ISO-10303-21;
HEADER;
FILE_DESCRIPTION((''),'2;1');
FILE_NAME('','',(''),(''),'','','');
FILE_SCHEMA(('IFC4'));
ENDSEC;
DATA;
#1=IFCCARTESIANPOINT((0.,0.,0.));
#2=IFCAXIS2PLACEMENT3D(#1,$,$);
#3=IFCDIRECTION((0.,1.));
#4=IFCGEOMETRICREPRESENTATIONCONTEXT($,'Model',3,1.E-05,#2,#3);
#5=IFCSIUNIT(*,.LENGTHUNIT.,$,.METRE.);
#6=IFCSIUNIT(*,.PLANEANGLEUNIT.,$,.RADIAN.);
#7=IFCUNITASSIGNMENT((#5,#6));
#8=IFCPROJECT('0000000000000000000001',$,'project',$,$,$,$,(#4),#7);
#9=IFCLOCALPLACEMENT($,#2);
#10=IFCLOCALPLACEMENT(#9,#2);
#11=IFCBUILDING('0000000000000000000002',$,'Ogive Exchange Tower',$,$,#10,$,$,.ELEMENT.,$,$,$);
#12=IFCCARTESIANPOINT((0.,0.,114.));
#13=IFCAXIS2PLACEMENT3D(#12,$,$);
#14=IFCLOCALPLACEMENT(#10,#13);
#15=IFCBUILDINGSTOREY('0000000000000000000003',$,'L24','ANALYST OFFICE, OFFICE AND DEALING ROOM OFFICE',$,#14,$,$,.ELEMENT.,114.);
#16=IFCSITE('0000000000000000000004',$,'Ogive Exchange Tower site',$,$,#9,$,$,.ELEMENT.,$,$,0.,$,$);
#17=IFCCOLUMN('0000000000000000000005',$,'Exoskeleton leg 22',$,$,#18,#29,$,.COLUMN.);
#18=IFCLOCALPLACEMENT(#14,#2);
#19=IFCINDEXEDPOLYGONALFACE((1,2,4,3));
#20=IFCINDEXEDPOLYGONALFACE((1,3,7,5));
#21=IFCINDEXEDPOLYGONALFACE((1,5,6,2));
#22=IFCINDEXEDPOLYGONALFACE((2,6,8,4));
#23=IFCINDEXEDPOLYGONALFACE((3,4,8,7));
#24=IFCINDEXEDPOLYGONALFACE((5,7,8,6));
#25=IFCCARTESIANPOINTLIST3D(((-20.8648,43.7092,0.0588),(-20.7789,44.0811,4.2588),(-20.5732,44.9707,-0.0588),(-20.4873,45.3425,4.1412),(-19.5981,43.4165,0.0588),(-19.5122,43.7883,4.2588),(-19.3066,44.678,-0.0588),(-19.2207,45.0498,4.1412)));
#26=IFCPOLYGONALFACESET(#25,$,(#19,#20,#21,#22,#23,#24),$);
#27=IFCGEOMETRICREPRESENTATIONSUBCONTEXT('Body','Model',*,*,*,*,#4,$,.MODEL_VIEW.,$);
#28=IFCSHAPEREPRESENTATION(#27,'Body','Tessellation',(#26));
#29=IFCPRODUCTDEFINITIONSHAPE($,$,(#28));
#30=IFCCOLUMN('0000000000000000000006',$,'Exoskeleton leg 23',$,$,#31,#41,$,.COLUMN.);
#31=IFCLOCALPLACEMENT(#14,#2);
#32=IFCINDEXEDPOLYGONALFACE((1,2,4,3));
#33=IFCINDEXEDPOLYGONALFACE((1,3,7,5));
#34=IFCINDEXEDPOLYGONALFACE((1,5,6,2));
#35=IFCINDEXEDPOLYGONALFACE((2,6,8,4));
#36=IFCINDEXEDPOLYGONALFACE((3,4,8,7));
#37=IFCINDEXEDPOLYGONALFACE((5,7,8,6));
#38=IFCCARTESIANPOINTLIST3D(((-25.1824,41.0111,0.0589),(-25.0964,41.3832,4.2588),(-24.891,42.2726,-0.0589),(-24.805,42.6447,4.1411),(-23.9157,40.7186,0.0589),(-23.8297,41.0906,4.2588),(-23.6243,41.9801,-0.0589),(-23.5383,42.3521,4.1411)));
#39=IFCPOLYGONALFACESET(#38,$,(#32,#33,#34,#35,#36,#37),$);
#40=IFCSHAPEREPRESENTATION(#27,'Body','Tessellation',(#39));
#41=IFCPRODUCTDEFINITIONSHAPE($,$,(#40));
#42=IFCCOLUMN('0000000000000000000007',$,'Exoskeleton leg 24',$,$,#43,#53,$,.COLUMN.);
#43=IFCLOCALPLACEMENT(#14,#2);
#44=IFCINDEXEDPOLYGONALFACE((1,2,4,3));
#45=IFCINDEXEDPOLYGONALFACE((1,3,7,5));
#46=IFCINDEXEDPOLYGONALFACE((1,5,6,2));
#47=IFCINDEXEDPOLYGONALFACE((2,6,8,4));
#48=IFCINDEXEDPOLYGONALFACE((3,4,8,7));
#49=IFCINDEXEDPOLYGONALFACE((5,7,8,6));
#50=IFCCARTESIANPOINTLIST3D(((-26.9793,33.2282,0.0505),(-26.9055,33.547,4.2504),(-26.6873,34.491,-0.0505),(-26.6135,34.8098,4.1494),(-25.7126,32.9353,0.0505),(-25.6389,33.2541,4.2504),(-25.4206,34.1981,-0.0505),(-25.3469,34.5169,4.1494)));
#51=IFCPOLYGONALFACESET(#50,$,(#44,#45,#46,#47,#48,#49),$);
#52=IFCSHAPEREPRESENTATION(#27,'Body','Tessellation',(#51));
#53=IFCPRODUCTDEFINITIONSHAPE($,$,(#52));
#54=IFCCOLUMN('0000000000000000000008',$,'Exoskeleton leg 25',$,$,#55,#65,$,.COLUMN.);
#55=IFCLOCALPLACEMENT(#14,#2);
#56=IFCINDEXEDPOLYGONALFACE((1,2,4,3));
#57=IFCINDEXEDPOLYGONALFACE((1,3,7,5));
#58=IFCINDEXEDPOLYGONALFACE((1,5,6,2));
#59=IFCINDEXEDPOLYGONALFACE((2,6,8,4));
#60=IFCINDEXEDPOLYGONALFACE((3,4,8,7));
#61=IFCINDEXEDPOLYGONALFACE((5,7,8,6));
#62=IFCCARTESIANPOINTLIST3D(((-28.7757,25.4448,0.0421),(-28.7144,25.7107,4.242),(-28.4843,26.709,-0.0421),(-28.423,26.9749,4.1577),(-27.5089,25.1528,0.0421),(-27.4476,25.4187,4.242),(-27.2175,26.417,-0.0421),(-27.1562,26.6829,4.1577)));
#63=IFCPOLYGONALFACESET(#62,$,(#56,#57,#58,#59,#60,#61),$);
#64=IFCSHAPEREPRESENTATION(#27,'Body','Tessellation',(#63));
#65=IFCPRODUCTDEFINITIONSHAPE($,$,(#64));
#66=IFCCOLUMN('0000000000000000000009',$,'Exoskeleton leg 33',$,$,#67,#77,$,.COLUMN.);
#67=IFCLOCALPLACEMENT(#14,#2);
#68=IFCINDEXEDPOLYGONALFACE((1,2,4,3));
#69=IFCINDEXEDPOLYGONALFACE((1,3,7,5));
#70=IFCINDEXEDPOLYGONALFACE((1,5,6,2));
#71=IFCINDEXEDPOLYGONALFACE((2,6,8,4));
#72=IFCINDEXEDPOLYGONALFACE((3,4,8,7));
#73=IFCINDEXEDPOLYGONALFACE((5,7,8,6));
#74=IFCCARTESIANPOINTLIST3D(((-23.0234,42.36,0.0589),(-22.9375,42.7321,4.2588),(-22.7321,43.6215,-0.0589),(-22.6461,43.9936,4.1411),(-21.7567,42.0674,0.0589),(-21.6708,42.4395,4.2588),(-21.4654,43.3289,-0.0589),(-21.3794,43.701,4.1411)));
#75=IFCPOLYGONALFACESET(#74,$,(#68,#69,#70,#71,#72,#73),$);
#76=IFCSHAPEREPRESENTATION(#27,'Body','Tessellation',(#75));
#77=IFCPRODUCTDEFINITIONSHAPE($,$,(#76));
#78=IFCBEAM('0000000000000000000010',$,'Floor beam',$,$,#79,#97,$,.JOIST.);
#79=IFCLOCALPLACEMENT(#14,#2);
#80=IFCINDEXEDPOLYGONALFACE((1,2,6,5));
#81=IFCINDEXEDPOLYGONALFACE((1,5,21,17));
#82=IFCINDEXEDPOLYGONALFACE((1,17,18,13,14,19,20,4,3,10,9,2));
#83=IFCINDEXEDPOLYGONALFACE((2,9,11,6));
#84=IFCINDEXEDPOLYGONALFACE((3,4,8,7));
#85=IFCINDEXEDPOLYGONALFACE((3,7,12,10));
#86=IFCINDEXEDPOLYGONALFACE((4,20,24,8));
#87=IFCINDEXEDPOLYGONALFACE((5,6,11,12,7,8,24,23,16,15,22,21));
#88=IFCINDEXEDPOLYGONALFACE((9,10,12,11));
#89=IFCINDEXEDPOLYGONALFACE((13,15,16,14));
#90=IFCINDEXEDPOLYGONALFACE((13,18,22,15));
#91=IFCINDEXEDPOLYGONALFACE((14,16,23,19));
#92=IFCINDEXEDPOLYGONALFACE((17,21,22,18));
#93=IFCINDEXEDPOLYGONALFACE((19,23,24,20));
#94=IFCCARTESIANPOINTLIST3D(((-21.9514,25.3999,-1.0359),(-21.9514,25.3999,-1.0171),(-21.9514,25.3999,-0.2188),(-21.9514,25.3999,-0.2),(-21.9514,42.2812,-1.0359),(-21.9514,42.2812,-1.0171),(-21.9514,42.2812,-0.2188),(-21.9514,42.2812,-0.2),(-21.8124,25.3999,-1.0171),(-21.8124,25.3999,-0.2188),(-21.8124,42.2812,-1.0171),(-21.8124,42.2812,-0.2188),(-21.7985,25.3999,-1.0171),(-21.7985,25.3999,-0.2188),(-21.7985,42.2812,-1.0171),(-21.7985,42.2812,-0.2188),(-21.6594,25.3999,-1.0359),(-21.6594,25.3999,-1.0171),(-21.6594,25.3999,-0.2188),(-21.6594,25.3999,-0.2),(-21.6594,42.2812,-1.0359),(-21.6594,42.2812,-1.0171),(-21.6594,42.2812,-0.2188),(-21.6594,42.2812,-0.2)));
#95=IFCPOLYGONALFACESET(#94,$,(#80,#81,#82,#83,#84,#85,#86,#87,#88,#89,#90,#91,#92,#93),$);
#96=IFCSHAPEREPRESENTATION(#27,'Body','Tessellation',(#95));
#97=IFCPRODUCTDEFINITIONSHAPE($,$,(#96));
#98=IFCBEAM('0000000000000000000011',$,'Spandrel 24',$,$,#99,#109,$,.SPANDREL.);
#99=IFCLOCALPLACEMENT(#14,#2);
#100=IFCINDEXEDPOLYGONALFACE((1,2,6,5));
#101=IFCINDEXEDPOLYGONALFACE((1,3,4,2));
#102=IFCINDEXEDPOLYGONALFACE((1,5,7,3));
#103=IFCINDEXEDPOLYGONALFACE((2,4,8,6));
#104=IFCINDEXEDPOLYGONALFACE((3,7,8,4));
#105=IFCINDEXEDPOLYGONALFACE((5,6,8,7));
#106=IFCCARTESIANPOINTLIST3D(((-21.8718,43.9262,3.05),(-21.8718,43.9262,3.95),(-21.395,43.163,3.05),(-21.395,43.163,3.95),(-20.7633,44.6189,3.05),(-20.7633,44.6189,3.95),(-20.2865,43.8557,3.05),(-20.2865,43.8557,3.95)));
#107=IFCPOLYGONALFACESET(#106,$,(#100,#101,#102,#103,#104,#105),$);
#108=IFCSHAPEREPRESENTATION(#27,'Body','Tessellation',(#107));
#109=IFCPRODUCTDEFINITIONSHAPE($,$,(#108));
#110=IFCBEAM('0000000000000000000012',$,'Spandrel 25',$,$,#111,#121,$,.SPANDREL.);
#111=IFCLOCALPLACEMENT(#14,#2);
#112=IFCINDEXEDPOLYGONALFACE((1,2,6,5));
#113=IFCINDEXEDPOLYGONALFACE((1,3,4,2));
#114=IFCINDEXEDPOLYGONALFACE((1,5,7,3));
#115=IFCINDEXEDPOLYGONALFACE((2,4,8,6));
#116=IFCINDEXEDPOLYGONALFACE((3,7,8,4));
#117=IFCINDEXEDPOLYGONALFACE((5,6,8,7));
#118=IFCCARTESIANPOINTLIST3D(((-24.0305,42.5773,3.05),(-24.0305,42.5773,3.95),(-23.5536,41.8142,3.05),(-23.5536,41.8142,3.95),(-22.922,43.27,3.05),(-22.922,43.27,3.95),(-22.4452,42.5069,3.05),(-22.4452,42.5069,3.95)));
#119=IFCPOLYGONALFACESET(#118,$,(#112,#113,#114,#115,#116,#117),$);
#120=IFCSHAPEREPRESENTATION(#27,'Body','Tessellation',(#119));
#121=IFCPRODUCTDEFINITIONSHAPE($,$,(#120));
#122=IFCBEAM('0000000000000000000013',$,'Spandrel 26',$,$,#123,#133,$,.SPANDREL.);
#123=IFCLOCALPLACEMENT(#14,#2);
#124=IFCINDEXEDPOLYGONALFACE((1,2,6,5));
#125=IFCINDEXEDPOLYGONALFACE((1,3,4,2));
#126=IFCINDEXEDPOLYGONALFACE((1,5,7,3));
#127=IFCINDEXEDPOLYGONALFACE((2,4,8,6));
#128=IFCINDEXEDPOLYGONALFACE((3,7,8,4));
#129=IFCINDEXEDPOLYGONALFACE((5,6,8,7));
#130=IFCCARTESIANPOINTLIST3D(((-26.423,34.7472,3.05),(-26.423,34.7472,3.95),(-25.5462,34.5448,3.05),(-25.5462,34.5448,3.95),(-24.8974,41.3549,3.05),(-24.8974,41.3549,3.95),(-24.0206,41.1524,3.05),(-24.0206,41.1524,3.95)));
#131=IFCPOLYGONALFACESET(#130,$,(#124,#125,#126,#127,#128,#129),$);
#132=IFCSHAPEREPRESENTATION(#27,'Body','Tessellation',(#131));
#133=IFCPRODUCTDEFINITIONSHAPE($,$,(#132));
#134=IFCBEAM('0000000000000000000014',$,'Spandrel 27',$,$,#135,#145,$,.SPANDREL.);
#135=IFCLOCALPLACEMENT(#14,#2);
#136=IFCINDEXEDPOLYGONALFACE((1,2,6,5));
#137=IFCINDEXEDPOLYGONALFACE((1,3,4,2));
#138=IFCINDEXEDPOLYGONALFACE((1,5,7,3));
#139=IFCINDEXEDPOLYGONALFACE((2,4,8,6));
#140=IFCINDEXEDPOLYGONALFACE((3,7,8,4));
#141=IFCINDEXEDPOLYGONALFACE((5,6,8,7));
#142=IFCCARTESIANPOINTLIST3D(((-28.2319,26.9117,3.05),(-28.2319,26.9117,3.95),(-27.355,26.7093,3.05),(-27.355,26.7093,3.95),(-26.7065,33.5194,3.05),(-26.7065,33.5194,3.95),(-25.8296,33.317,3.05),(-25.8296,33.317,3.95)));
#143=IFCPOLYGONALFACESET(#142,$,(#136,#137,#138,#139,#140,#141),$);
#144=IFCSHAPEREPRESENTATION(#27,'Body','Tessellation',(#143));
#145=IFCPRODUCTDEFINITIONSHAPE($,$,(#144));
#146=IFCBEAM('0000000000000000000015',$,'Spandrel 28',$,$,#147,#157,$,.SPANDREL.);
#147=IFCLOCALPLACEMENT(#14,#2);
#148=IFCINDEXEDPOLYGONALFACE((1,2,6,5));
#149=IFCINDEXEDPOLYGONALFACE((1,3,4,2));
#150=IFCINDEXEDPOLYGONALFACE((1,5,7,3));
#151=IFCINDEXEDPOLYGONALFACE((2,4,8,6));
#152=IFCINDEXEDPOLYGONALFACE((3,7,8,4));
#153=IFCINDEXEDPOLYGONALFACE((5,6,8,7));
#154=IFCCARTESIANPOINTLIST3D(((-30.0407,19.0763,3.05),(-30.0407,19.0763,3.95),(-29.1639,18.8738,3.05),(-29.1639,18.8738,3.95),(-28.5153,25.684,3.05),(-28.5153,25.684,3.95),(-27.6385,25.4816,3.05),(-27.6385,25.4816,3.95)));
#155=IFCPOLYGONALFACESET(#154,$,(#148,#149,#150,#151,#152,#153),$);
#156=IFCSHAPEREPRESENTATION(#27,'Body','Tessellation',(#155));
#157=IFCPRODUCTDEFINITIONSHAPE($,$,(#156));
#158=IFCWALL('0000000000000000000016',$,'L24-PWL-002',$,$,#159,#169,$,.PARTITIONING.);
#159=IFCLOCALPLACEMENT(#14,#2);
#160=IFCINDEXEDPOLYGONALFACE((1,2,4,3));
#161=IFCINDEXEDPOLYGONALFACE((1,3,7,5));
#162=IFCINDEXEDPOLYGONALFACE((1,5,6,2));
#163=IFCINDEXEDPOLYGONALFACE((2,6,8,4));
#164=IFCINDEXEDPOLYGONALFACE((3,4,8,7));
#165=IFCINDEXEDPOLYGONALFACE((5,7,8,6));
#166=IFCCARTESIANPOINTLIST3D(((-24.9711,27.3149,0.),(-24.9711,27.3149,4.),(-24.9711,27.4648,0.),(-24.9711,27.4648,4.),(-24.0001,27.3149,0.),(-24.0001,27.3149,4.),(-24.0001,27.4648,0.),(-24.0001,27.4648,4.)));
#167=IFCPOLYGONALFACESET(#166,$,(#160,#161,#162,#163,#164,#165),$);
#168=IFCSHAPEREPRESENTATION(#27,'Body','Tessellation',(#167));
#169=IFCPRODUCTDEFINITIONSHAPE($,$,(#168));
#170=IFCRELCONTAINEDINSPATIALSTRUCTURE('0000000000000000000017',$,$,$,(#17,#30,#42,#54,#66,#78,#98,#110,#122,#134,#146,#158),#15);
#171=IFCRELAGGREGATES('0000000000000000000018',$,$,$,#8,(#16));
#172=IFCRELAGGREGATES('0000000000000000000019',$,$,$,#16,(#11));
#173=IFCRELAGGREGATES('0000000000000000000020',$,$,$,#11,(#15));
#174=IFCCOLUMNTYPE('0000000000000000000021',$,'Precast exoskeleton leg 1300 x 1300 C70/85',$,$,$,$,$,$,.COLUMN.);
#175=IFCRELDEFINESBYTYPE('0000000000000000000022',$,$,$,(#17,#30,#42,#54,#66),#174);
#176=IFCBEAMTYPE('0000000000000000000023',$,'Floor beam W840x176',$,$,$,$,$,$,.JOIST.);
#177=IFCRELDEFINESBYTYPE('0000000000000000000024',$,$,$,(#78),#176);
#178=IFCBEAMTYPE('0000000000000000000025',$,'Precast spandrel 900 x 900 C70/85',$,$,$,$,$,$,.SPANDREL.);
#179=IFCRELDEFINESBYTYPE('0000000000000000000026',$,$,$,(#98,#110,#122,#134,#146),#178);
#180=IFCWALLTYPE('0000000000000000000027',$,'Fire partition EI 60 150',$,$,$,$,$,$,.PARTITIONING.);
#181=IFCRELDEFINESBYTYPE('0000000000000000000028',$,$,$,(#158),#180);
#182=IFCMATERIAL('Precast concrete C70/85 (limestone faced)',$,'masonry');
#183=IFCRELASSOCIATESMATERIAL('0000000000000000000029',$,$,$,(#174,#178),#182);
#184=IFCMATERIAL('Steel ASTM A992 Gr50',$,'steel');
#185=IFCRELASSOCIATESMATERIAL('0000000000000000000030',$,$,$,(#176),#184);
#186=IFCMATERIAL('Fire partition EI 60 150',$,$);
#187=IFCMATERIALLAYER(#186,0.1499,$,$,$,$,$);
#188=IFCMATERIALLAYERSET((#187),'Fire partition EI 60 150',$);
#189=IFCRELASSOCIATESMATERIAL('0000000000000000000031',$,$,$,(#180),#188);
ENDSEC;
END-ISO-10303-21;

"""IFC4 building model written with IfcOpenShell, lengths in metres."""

from ifc_helpers import new_model, si_unit, direction, frame, frame_2d, origin, origin_2d, place, context, subcontext, project, spatial, rectangle, i_section, extrude, material, layer, layer_set, material_profile, profile_set, type_object, element, save


model = new_model("IFC4")

# Units and contexts
model_context = context("Model", 3, precision=1e-05, world=origin(), true_north=direction((0.0, 1.0)))
body_context = subcontext(model_context, "Body", "Model", "MODEL_VIEW")
ifc_project = project(units=[si_unit("LENGTHUNIT", "METRE"), si_unit("PLANEANGLEUNIT", "RADIAN")], contexts=[model_context])

# Site, building, storey
site_placement = place(None, origin())
site = spatial("IfcSite", under=ifc_project, at=site_placement, Name="Ogive Exchange Tower site", CompositionType="ELEMENT", RefElevation=0.0)
building_placement = place(site_placement, origin())
building = spatial("IfcBuilding", under=site, at=building_placement, Name="Ogive Exchange Tower", CompositionType="ELEMENT")
storey_placement = place(building_placement, frame((0.0, 0.0, 114.0)))
storey = spatial("IfcBuildingStorey", under=building, at=storey_placement, Name="L24", Description="ANALYST OFFICE, OFFICE AND DEALING ROOM OFFICE", CompositionType="ELEMENT", Elevation=114.0)

# Columns
ifc_material_1 = material(Name="Precast concrete C70/85 (limestone faced)", Category="masonry")
ifc_material_profile_1 = material_profile(ifc_material_1, rectangle(XDim=1.3, YDim=1.3, at=origin_2d()), Name="1300 x 1300")
ifc_profile_set_1 = profile_set([ifc_material_profile_1], Name="Precast concrete C70/85 (limestone faced)")
column_type = type_object("IfcColumnType", Name="Precast exoskeleton leg 1300 x 1300 C70/85", PredefinedType="COLUMN", material=ifc_profile_set_1)
for number, where, z_axis, x_axis, name in (
    (1, (-20.0857, 44.1936, 0.0), (0.020378, 0.088168, 0.995897), (-0.974316, 0.225187, 0.0), "Exoskeleton leg 22"),
    (2, (-24.4033, 41.4956, 0.0), (0.020377, 0.088225, 0.995892), (-0.974348, 0.225046, 0.0), "Exoskeleton leg 23"),
):
    element("IfcColumn", number, at=place(storey_placement, frame(where, z_axis=z_axis, x_axis=x_axis)), inside=storey, type_object=column_type, Name=name, PredefinedType="COLUMN", context=body_context, shape_type="SweptSolid", body=[
        extrude(rectangle(XDim=1.3, YDim=1.3, at=origin_2d()), origin(), (0.0, 0.0, 1.0), 4.2173),
    ])
column_1_placement = place(storey_placement, frame((-26.2, 33.7131, 0.0), z_axis=(0.017502, 0.075688, 0.996978), x_axis=(-0.974291, 0.225295, 0.0)))
element("IfcColumn", 3, at=column_1_placement, inside=storey, type_object=column_type, Name="Exoskeleton leg 24", PredefinedType="COLUMN", context=body_context, shape_type="SweptSolid", body=[
    extrude(rectangle(XDim=1.3, YDim=1.3, at=origin_2d()), origin(), (0.0, 0.0, 1.0), 4.2126),
])
column_2_placement = place(storey_placement, frame((-27.9966, 25.9309, 0.0), z_axis=(0.01456, 0.06317, 0.997897), x_axis=(-0.974451, 0.224598, 0.0)))
element("IfcColumn", 4, at=column_2_placement, inside=storey, type_object=column_type, Name="Exoskeleton leg 25", PredefinedType="COLUMN", context=body_context, shape_type="SweptSolid", body=[
    extrude(rectangle(XDim=1.3, YDim=1.3, at=origin_2d()), origin(), (0.0, 0.0, 1.0), 4.2087),
])
column_3_placement = place(storey_placement, frame((-22.2444, 42.8445, 0.0), z_axis=(0.020377, 0.088225, 0.995892), x_axis=(-0.974348, 0.225046, 0.0)))
element("IfcColumn", 5, at=column_3_placement, inside=storey, type_object=column_type, Name="Exoskeleton leg 33", PredefinedType="COLUMN", context=body_context, shape_type="SweptSolid", body=[
    extrude(rectangle(XDim=1.3, YDim=1.3, at=origin_2d()), origin(), (0.0, 0.0, 1.0), 4.2173),
])

# Beams
ifc_material_2 = material(Name="Steel ASTM A992 Gr50", Category="steel")
ifc_material_profile_2 = material_profile(ifc_material_2, i_section(OverallWidth=0.292, OverallDepth=0.8359, WebThickness=0.0139, FlangeThickness=0.0188, at=origin_2d()), Name="W840x176")
ifc_profile_set_2 = profile_set([ifc_material_profile_2], Name="Steel ASTM A992 Gr50")
beam_type_1 = type_object("IfcBeamType", Name="Floor beam W840x176", PredefinedType="JOIST", material=ifc_profile_set_2)
beam_placement = place(storey_placement, frame((-21.8054, 25.3999, -0.6179), z_axis=(0.0, 1.0, 0.0), x_axis=(-1.0, 0.0, 0.0)))
element("IfcBeam", 6, at=beam_placement, inside=storey, type_object=beam_type_1, Name="Floor beam", PredefinedType="JOIST", context=body_context, shape_type="SweptSolid", body=[
    extrude(i_section(OverallWidth=0.292, OverallDepth=0.8359, WebThickness=0.0139, FlangeThickness=0.0188, at=origin_2d()), origin(), (0.0, 0.0, 1.0), 16.8813),
])
ifc_material_profile_3 = material_profile(ifc_material_1, rectangle(XDim=0.8999, YDim=0.8999, at=origin_2d()), Name="900 x 900")
ifc_profile_set_3 = profile_set([ifc_material_profile_3], Name="Precast concrete C70/85 (limestone faced)")
beam_type_2 = type_object("IfcBeamType", Name="Precast spandrel 900 x 900 C70/85", PredefinedType="SPANDREL", material=ifc_profile_set_3)
for number, where, z_axis, x_axis, name in (
    (7, (-20.5249, 44.2373, 3.5), (-0.84804, -0.529932, 0.0), (0.529932, -0.84804, 0.0), "Spandrel 24"),
    (8, (-22.6836, 42.8884, 3.5), (-0.84804, -0.529932, 0.0), (0.529932, -0.84804, 0.0), "Spandrel 25"),
):
    element("IfcBeam", number, at=place(storey_placement, frame(where, z_axis=z_axis, x_axis=x_axis)), inside=storey, type_object=beam_type_2, Name=name, PredefinedType="SPANDREL", context=body_context, shape_type="SweptSolid", body=[
        extrude(rectangle(XDim=0.8999, YDim=0.8999, at=origin_2d()), origin(), (0.0, 0.0, 1.0), 1.3071),
    ])
for number, where, z_axis, x_axis, name in (
    (9, (-24.459, 41.2537, 3.5), (-0.22497, -0.974366, 0.0), (0.974366, -0.22497, 0.0), "Spandrel 26"),
    (10, (-26.2681, 33.4182, 3.5), (-0.224936, -0.974374, 0.0), (0.974374, -0.224936, 0.0), "Spandrel 27"),
    (11, (-28.0769, 25.5828, 3.5), (-0.224936, -0.974374, 0.0), (0.974374, -0.224936, 0.0), "Spandrel 28"),
):
    element("IfcBeam", number, at=place(storey_placement, frame(where, z_axis=z_axis, x_axis=x_axis)), inside=storey, type_object=beam_type_2, Name=name, PredefinedType="SPANDREL", context=body_context, shape_type="SweptSolid", body=[
        extrude(rectangle(XDim=0.8999, YDim=0.8999, at=origin_2d()), origin(), (0.0, 0.0, 1.0), 6.7815),
    ])

# Wall
ifc_material_3 = material(Name="Fire partition EI 60 150")
ifc_layer_1 = layer(ifc_material_3, 0.1499)
ifc_layer_set_1 = layer_set([ifc_layer_1], Name="Fire partition EI 60 150")
wall_type_1 = type_object("IfcWallType", Name="Fire partition EI 60 150", PredefinedType="PARTITIONING", material=ifc_layer_set_1)
wall_1_placement = place(storey_placement, frame((-24.9709, 27.3899, 0.0), z_axis=(0.0, 0.0, 1.0), x_axis=(1.0, 0.0, 0.0)))
element("IfcWall", 12, at=wall_1_placement, inside=storey, type_object=wall_type_1, Name="L24-PWL-002", PredefinedType="PARTITIONING", context=body_context, shape_type="SweptSolid", body=[
    extrude(rectangle(XDim=0.9709, YDim=0.1499, at=frame_2d((0.4854, 0.0))), origin(), (0.0, 0.0, 1.0), 4.0),
])

save(model, "model.ifc")
